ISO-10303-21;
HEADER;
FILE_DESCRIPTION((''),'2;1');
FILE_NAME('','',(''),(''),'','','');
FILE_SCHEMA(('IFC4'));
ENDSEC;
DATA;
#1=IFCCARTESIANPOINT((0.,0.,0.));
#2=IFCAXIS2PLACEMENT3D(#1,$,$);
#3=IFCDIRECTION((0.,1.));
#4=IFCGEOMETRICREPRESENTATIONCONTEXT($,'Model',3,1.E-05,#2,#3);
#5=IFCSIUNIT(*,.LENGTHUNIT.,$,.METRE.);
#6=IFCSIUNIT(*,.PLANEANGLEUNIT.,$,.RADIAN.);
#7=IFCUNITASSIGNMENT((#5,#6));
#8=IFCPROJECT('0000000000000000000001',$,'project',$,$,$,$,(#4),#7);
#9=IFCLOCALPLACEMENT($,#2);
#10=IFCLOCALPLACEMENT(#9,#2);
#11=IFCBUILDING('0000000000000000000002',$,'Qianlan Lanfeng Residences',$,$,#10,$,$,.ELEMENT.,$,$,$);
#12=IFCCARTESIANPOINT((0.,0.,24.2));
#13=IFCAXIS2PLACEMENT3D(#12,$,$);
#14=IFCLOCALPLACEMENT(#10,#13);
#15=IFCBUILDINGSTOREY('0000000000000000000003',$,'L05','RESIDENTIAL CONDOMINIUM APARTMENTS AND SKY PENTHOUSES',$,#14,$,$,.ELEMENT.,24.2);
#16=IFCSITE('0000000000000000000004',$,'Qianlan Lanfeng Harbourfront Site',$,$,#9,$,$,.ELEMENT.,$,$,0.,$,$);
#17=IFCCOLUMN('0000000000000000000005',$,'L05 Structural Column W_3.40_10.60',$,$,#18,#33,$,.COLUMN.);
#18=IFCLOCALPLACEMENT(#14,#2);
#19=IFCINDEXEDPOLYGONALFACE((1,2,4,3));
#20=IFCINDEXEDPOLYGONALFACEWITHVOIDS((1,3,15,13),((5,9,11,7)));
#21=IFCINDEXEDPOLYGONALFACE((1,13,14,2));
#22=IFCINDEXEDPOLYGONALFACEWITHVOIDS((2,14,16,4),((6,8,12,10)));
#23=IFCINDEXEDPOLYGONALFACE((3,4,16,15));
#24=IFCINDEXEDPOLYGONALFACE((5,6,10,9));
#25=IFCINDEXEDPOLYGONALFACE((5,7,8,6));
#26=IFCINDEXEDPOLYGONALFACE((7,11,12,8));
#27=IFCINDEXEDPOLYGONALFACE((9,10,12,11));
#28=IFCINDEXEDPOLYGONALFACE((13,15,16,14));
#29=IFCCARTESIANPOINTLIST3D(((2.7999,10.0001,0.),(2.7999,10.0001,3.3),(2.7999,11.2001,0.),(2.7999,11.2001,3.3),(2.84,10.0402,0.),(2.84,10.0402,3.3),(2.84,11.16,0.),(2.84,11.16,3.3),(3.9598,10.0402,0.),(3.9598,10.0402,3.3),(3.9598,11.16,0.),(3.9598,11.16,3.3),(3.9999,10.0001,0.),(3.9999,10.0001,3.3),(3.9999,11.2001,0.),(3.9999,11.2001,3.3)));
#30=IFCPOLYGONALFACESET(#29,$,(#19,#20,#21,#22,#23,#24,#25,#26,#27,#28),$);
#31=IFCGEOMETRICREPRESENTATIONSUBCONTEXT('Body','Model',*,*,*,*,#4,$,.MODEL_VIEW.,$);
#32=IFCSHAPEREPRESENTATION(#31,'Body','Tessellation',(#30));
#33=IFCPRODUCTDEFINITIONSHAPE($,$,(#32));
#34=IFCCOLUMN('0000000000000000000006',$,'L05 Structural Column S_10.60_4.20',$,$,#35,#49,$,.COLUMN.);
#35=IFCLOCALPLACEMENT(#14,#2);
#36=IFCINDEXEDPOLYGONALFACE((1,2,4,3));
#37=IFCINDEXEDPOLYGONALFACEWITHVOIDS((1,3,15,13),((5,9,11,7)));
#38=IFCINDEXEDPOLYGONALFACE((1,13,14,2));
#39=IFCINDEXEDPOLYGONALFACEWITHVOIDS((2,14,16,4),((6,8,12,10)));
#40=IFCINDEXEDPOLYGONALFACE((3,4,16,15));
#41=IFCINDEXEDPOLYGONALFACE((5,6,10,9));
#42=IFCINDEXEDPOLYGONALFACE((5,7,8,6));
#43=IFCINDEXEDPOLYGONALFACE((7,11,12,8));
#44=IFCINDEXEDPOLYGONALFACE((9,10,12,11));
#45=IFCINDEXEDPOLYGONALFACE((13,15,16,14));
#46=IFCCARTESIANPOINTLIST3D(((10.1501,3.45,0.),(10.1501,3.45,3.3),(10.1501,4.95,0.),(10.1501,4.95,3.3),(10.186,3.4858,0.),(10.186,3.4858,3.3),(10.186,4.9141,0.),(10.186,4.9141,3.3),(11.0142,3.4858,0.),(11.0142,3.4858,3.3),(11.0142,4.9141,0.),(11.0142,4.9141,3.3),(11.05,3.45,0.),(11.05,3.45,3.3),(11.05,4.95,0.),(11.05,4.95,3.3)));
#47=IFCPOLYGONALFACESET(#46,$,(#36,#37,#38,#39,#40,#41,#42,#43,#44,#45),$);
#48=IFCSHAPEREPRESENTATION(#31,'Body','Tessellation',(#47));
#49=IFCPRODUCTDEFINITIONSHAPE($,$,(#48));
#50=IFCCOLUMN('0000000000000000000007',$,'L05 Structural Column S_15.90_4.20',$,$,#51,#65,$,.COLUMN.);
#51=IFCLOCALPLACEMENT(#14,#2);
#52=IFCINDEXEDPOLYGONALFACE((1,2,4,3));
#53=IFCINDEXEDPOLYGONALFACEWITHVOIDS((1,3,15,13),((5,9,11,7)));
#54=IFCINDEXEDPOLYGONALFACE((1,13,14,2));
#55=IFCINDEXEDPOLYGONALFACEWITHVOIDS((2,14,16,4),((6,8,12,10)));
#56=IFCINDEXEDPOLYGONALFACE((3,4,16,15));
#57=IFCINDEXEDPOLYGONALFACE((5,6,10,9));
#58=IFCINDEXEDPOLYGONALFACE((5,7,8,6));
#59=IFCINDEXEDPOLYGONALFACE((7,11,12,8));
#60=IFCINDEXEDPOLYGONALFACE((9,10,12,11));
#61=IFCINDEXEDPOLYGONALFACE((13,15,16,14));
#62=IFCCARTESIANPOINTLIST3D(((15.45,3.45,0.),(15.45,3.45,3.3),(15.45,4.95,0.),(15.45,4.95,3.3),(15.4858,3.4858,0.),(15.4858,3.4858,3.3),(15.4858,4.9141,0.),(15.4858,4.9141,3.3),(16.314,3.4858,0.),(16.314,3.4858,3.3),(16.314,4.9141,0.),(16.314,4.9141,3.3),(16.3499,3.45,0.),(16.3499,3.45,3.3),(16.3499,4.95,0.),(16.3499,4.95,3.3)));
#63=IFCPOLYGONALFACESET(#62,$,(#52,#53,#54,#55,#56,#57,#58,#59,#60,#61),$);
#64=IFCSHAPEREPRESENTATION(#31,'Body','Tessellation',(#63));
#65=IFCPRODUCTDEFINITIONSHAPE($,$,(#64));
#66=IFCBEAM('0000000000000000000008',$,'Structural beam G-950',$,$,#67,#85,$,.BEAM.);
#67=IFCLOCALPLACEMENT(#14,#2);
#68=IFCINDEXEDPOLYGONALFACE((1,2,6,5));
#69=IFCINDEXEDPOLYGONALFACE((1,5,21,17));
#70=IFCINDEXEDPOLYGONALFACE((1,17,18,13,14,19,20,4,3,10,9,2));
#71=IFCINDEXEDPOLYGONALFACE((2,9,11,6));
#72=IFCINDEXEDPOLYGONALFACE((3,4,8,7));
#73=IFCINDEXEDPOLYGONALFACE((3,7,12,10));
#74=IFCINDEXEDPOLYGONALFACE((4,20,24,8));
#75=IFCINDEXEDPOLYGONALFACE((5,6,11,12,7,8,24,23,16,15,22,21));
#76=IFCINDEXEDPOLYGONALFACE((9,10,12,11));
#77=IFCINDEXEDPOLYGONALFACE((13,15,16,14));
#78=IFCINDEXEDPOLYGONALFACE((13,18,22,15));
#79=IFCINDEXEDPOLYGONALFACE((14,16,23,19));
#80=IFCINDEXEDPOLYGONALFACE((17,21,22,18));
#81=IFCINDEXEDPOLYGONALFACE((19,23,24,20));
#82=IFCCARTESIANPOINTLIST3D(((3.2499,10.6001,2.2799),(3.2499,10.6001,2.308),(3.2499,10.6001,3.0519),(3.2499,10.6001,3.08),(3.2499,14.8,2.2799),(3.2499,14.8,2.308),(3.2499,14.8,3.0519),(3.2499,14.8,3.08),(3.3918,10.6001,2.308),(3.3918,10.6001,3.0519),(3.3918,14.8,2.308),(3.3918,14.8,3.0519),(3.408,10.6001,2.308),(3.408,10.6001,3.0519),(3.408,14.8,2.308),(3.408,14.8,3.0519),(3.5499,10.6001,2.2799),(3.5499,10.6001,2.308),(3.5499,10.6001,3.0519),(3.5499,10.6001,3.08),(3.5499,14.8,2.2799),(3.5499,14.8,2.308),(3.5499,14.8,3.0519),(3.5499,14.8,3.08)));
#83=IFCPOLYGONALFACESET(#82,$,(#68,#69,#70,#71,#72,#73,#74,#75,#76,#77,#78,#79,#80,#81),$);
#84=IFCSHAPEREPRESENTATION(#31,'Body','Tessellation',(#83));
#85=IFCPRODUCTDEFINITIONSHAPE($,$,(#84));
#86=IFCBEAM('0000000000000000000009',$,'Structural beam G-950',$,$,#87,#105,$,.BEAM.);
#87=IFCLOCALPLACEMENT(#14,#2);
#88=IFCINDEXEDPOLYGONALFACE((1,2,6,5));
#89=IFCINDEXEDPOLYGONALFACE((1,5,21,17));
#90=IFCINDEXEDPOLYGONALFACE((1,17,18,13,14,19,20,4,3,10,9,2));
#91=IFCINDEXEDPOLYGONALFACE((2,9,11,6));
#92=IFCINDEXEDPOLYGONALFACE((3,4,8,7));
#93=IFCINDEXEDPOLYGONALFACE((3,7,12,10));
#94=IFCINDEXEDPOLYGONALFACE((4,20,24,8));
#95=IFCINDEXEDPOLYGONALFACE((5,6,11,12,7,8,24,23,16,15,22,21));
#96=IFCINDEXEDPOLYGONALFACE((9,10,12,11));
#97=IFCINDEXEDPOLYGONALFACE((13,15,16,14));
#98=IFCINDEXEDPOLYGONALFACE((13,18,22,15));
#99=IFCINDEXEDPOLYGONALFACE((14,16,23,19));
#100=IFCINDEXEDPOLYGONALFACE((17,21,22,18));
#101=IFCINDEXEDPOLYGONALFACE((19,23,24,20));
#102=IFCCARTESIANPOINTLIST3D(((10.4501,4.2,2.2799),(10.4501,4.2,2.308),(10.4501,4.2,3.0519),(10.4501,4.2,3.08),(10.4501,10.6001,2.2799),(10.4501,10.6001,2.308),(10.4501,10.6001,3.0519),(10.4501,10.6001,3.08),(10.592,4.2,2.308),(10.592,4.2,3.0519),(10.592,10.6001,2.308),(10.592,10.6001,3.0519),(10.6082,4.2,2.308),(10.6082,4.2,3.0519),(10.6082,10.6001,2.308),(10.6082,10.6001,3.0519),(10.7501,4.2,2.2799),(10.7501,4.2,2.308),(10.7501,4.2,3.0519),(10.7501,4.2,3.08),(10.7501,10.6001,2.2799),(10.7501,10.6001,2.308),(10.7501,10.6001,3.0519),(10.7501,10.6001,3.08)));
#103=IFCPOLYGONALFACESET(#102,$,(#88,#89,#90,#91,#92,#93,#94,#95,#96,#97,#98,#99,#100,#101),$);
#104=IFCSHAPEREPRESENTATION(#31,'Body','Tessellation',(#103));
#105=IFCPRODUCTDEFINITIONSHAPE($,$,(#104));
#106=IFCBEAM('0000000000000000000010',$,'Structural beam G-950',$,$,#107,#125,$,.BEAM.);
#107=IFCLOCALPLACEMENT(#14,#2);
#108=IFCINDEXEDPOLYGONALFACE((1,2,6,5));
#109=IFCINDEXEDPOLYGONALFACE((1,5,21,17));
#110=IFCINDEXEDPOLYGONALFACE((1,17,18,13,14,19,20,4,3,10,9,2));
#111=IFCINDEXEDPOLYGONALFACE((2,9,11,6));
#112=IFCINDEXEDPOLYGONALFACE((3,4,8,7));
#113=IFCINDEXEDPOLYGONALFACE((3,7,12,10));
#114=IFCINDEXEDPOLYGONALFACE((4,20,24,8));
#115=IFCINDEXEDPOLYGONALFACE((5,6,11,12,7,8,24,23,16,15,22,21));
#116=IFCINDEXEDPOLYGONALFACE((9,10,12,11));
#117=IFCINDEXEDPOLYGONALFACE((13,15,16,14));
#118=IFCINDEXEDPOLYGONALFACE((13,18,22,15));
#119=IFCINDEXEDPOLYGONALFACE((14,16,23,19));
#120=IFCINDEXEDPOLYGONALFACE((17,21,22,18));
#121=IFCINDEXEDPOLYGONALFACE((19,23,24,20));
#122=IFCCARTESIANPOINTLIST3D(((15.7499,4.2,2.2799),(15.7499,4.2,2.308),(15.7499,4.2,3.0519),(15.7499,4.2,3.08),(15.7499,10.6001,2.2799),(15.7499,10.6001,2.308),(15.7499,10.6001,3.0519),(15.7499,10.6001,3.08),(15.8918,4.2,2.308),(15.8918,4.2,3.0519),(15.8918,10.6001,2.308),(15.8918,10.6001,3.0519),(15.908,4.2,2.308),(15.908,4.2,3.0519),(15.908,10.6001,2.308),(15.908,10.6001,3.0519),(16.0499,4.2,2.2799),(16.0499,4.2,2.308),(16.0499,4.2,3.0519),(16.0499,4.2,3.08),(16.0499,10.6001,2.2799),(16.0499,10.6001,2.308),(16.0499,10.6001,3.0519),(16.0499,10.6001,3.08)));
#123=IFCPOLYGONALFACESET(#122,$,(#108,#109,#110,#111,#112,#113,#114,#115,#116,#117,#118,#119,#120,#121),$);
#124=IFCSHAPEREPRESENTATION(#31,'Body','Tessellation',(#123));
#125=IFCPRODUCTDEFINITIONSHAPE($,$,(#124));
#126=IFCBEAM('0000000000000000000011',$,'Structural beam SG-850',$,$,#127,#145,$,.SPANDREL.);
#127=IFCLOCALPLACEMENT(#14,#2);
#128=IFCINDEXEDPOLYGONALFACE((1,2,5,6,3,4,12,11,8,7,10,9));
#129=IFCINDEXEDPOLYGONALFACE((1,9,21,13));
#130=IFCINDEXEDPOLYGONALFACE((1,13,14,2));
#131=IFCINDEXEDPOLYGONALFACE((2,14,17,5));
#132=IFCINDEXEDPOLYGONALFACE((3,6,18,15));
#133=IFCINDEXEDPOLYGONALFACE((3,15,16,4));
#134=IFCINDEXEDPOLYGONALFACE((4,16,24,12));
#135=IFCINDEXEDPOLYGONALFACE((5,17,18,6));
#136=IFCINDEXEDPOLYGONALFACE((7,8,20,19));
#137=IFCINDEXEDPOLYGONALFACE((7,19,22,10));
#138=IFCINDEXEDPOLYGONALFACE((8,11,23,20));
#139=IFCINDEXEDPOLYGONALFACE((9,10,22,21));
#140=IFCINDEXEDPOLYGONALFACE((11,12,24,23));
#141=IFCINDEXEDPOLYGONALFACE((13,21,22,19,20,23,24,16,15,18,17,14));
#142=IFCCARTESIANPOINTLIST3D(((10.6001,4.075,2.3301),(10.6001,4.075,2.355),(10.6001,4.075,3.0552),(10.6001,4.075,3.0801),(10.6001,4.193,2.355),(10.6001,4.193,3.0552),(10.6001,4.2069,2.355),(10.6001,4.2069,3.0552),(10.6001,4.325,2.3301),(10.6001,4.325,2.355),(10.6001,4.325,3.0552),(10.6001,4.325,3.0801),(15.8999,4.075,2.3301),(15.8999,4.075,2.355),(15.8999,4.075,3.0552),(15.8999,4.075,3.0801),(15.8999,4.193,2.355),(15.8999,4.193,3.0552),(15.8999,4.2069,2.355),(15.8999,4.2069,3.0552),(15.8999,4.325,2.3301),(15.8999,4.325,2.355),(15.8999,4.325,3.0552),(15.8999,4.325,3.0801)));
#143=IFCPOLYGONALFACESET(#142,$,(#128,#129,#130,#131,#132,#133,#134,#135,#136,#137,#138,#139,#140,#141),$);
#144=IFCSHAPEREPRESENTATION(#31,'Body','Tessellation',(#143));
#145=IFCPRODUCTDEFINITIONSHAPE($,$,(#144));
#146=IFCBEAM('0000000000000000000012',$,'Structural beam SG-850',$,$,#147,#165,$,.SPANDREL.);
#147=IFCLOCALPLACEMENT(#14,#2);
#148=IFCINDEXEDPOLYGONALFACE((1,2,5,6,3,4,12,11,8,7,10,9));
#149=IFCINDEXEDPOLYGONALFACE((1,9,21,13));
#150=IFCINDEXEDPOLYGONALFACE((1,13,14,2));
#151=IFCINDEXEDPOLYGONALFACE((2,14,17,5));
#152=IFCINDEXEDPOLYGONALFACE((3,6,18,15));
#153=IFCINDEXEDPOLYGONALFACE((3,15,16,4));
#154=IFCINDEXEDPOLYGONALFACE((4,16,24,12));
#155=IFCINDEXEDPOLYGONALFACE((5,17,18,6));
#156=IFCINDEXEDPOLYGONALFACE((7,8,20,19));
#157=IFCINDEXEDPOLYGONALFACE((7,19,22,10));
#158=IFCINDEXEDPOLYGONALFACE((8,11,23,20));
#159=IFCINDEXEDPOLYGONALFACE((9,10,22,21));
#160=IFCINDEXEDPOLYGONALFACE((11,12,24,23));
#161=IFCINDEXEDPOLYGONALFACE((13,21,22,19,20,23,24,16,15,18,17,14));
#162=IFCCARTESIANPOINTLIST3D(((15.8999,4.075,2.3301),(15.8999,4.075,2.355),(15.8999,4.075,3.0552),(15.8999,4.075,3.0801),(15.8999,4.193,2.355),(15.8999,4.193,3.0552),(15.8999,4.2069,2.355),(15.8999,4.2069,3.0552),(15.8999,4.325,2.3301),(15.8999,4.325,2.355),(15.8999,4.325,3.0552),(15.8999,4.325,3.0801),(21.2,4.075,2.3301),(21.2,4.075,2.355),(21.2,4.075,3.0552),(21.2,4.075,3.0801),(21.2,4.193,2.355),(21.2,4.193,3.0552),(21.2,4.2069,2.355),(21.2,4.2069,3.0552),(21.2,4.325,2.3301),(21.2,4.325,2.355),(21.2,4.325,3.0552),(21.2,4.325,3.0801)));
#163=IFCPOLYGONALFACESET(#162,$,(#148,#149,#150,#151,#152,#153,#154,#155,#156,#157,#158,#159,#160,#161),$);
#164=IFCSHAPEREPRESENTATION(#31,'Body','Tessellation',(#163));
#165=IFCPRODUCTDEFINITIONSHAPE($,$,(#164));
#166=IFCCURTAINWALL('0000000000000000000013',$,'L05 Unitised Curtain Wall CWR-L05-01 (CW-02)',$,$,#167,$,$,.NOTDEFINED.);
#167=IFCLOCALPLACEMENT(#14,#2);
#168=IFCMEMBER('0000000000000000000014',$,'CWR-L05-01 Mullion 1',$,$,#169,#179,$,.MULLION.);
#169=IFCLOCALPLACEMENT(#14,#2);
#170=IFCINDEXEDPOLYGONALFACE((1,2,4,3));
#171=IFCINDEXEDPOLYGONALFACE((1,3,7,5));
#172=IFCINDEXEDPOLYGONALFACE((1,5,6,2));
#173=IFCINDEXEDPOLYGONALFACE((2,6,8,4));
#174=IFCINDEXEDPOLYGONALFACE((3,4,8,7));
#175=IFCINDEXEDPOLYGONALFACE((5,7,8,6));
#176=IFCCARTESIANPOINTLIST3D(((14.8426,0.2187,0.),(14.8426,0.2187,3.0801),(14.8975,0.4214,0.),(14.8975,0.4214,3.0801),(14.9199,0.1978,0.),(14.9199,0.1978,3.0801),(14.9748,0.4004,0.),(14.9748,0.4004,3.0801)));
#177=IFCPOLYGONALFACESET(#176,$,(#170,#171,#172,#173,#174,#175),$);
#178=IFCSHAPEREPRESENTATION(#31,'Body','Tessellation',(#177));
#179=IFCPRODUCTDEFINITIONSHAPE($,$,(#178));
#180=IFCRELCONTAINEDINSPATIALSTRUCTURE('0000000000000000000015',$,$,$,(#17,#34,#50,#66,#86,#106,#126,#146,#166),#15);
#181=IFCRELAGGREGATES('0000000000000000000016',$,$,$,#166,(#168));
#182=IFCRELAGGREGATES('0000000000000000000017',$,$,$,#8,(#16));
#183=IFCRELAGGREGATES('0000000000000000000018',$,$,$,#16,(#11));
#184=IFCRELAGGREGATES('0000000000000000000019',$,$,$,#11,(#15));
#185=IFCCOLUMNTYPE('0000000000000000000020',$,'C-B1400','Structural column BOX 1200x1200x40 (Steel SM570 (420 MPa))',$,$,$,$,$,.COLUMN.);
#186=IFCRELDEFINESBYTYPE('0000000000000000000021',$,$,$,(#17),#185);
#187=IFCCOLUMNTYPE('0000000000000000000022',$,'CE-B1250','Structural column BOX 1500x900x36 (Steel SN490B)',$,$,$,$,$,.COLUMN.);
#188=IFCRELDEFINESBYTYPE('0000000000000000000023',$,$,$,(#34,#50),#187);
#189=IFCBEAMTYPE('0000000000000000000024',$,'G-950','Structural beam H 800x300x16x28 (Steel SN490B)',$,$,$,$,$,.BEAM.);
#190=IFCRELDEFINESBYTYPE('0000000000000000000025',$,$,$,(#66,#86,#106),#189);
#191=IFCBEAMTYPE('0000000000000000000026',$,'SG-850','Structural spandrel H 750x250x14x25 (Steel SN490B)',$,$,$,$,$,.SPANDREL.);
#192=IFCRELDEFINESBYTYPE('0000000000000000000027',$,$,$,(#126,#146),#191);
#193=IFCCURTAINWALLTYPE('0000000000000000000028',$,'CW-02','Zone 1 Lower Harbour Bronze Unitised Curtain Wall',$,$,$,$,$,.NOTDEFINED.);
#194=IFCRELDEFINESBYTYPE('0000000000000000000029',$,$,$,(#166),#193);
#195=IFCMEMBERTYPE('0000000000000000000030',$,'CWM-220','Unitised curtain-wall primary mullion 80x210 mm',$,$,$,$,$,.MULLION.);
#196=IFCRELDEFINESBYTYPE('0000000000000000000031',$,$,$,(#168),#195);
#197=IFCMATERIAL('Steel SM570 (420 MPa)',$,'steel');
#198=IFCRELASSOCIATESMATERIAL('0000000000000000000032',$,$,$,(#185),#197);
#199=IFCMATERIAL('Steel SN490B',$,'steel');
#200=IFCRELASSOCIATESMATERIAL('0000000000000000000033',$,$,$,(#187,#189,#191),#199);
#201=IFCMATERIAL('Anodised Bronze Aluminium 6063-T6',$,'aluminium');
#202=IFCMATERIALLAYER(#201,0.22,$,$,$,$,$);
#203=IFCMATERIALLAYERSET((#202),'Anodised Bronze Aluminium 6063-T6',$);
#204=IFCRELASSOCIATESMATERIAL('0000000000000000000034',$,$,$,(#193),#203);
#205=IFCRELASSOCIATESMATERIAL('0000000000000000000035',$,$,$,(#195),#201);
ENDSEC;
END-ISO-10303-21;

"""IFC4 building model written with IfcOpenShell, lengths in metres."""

from ifc_helpers import new_model, si_unit, direction, frame, origin, origin_2d, place, context, subcontext, project, spatial, rectangle, hollow_rectangle, i_section, extrude, source, transform, mapped, material, layer, layer_set, material_profile, profile_set, type_object, element, aggregate, save


model = new_model("IFC4")

# Units and contexts
model_context = context("Model", 3, precision=1e-05, world=origin(), true_north=direction((0.0, 1.0)))
body_context = subcontext(model_context, "Body", "Model", "MODEL_VIEW")
ifc_project = project(units=[si_unit("LENGTHUNIT", "METRE"), si_unit("PLANEANGLEUNIT", "RADIAN")], contexts=[model_context])

# Site, building, storey
site_placement = place(None, origin())
site = spatial("IfcSite", under=ifc_project, at=site_placement, Name="Qianlan Lanfeng Harbourfront Site", CompositionType="ELEMENT", RefElevation=0.0)
building_placement = place(site_placement, origin())
building = spatial("IfcBuilding", under=site, at=building_placement, Name="Qianlan Lanfeng Residences", CompositionType="ELEMENT")
storey_placement = place(building_placement, frame((0.0, 0.0, 24.2)))
storey = spatial("IfcBuildingStorey", under=building, at=storey_placement, Name="L05", Description="RESIDENTIAL CONDOMINIUM APARTMENTS AND SKY PENTHOUSES", CompositionType="ELEMENT", Elevation=24.2)

# Columns
ifc_material_1 = material(Name="Steel SM570 (420 MPa)", Category="steel")
ifc_material_profile_1 = material_profile(ifc_material_1, hollow_rectangle(XDim=1.2, YDim=1.2, WallThickness=0.04, at=origin_2d()), Name="BOX 1200x1200x40")
ifc_profile_set_1 = profile_set([ifc_material_profile_1], Name="Steel SM570 (420 MPa)")
column_type_1 = type_object("IfcColumnType", Name="C-B1400", Description="Structural column BOX 1200x1200x40 (Steel SM570 (420 MPa))", PredefinedType="COLUMN", material=ifc_profile_set_1)
column_placement = place(storey_placement, frame((3.3999, 10.6001, 0.0), z_axis=(0.0, 0.0, 1.0), x_axis=(1.0, 0.0, 0.0)))
element("IfcColumn", 1, at=column_placement, inside=storey, type_object=column_type_1, Name="L05 Structural Column W_3.40_10.60", PredefinedType="COLUMN", context=body_context, shape_type="SweptSolid", body=[
    extrude(hollow_rectangle(XDim=1.2, YDim=1.2, WallThickness=0.04, at=origin_2d()), origin(), (0.0, 0.0, 1.0), 3.3),
])
ifc_material_2 = material(Name="Steel SN490B", Category="steel")
ifc_material_profile_2 = material_profile(ifc_material_2, hollow_rectangle(XDim=0.8999, YDim=1.5, WallThickness=0.0359, at=origin_2d()), Name="BOX 1500x900x36")
ifc_profile_set_2 = profile_set([ifc_material_profile_2], Name="Steel SN490B")
column_type_2 = type_object("IfcColumnType", Name="CE-B1250", Description="Structural column BOX 1500x900x36 (Steel SN490B)", PredefinedType="COLUMN", material=ifc_profile_set_2)
for number, where, z_axis, x_axis, name in (
    (2, (10.6001, 4.2, 0.0), (0.0, 0.0, 1.0), (1.0, 0.0, 0.0), "L05 Structural Column S_10.60_4.20"),
    (3, (15.8999, 4.2, 0.0), (0.0, 0.0, 1.0), (1.0, 0.0, 0.0), "L05 Structural Column S_15.90_4.20"),
):
    element("IfcColumn", number, at=place(storey_placement, frame(where, z_axis=z_axis, x_axis=x_axis)), inside=storey, type_object=column_type_2, Name=name, PredefinedType="COLUMN", context=body_context, shape_type="SweptSolid", body=[
        extrude(hollow_rectangle(XDim=0.8999, YDim=1.5, WallThickness=0.0359, at=origin_2d()), origin(), (0.0, 0.0, 1.0), 3.3),
    ])

# Beams
ifc_material_profile_3 = material_profile(ifc_material_2, i_section(OverallWidth=0.3, OverallDepth=0.8, WebThickness=0.0161, FlangeThickness=0.0281, at=origin_2d()), Name="H 800x300x16x28")
ifc_profile_set_3 = profile_set([ifc_material_profile_3], Name="Steel SN490B")
beam_type_1 = type_object("IfcBeamType", Name="G-950", Description="Structural beam H 800x300x16x28 (Steel SN490B)", PredefinedType="BEAM", material=ifc_profile_set_3)
beam_1_placement = place(storey_placement, frame((3.3999, 10.6001, 2.6799), z_axis=(0.0, 1.0, 0.0), x_axis=(-1.0, 0.0, 0.0)))
element("IfcBeam", 4, at=beam_1_placement, inside=storey, type_object=beam_type_1, Name="Structural beam G-950", PredefinedType="BEAM", context=body_context, shape_type="SweptSolid", body=[
    extrude(i_section(OverallWidth=0.3, OverallDepth=0.8, WebThickness=0.0161, FlangeThickness=0.0281, at=origin_2d()), origin(), (0.0, 0.0, 1.0), 4.2),
])
for number, where, z_axis, x_axis, name in (
    (5, (10.6001, 4.2, 2.6799), (0.0, 1.0, 0.0), (-1.0, 0.0, 0.0), "Structural beam G-950"),
    (6, (15.8999, 4.2, 2.6799), (0.0, 1.0, 0.0), (-1.0, 0.0, 0.0), "Structural beam G-950"),
):
    element("IfcBeam", number, at=place(storey_placement, frame(where, z_axis=z_axis, x_axis=x_axis)), inside=storey, type_object=beam_type_1, Name=name, PredefinedType="BEAM", context=body_context, shape_type="SweptSolid", body=[
        extrude(i_section(OverallWidth=0.3, OverallDepth=0.8, WebThickness=0.0161, FlangeThickness=0.0281, at=origin_2d()), origin(), (0.0, 0.0, 1.0), 6.4001),
    ])
ifc_material_profile_4 = material_profile(ifc_material_2, i_section(OverallWidth=0.25, OverallDepth=0.75, WebThickness=0.0139, FlangeThickness=0.0249, at=origin_2d()), Name="H 750x250x14x25")
ifc_profile_set_4 = profile_set([ifc_material_profile_4], Name="Steel SN490B")
beam_type_2 = type_object("IfcBeamType", Name="SG-850", Description="Structural spandrel H 750x250x14x25 (Steel SN490B)", PredefinedType="SPANDREL", material=ifc_profile_set_4)
beam_2_placement = place(storey_placement, frame((10.6001, 4.2, 2.7051), z_axis=(1.0, 0.0, 0.0), x_axis=(0.0, 1.0, 0.0)))
element("IfcBeam", 7, at=beam_2_placement, inside=storey, type_object=beam_type_2, Name="Structural beam SG-850", PredefinedType="SPANDREL", context=body_context, shape_type="SweptSolid", body=[
    extrude(i_section(OverallWidth=0.25, OverallDepth=0.75, WebThickness=0.0139, FlangeThickness=0.0249, at=origin_2d()), origin(), (0.0, 0.0, 1.0), 5.2998),
])
beam_3_placement = place(storey_placement, frame((15.8999, 4.2, 2.7051), z_axis=(1.0, 0.0, 0.0), x_axis=(0.0, 1.0, 0.0)))
element("IfcBeam", 8, at=beam_3_placement, inside=storey, type_object=beam_type_2, Name="Structural beam SG-850", PredefinedType="SPANDREL", context=body_context, shape_type="SweptSolid", body=[
    extrude(i_section(OverallWidth=0.25, OverallDepth=0.75, WebThickness=0.0139, FlangeThickness=0.0249, at=origin_2d()), origin(), (0.0, 0.0, 1.0), 5.3),
])

# Curtain wall, member
ifc_material_3 = material(Name="Anodised Bronze Aluminium 6063-T6", Category="aluminium")
ifc_layer_1 = layer(ifc_material_3, 0.22)
ifc_layer_set_1 = layer_set([ifc_layer_1], Name="Anodised Bronze Aluminium 6063-T6")
curtain_wall_type = type_object("IfcCurtainWallType", Name="CW-02", Description="Zone 1 Lower Harbour Bronze Unitised Curtain Wall", PredefinedType="NOTDEFINED", material=ifc_layer_set_1)
curtain_wall_placement = place(storey_placement, origin())
curtain_wall = element("IfcCurtainWall", 9, at=curtain_wall_placement, inside=storey, type_object=curtain_wall_type, Name="L05 Unitised Curtain Wall CWR-L05-01 (CW-02)", PredefinedType="NOTDEFINED")
ifc_material_profile_5 = material_profile(ifc_material_3, rectangle(XDim=0.0801, YDim=0.21, at=origin_2d()), Name="ALU MULLION 80x210")
ifc_profile_set_5 = profile_set([ifc_material_profile_5], Name="Anodised Bronze Aluminium 6063-T6")
member_type_1 = type_object("IfcMemberType", Name="CWM-220", Description="Unitised curtain-wall primary mullion 80x210 mm", PredefinedType="MULLION", material=ifc_profile_set_5)
shared_shape_1 = source(origin(), body_context, "Body", "SweptSolid", [
    extrude(rectangle(XDim=0.0801, YDim=0.21, at=origin_2d()), origin(), (0.0, 0.0, 1.0), 3.0801),
])
member_1_placement = place(storey_placement, frame((14.9087, 0.3096, 0.0), z_axis=(0.0, 0.0, 1.0), x_axis=(0.965263, -0.261281, 0.0)))
member_1 = element("IfcMember", 10, at=member_1_placement, type_object=member_type_1, Name="CWR-L05-01 Mullion 1", PredefinedType="MULLION", context=body_context, shape_type="MappedRepresentation", body=[
    mapped(shared_shape_1, transform((0.0, 0.0, 0.0), scale=1.0)),
])
aggregate(curtain_wall, [member_1])

save(model, "model.ifc")
